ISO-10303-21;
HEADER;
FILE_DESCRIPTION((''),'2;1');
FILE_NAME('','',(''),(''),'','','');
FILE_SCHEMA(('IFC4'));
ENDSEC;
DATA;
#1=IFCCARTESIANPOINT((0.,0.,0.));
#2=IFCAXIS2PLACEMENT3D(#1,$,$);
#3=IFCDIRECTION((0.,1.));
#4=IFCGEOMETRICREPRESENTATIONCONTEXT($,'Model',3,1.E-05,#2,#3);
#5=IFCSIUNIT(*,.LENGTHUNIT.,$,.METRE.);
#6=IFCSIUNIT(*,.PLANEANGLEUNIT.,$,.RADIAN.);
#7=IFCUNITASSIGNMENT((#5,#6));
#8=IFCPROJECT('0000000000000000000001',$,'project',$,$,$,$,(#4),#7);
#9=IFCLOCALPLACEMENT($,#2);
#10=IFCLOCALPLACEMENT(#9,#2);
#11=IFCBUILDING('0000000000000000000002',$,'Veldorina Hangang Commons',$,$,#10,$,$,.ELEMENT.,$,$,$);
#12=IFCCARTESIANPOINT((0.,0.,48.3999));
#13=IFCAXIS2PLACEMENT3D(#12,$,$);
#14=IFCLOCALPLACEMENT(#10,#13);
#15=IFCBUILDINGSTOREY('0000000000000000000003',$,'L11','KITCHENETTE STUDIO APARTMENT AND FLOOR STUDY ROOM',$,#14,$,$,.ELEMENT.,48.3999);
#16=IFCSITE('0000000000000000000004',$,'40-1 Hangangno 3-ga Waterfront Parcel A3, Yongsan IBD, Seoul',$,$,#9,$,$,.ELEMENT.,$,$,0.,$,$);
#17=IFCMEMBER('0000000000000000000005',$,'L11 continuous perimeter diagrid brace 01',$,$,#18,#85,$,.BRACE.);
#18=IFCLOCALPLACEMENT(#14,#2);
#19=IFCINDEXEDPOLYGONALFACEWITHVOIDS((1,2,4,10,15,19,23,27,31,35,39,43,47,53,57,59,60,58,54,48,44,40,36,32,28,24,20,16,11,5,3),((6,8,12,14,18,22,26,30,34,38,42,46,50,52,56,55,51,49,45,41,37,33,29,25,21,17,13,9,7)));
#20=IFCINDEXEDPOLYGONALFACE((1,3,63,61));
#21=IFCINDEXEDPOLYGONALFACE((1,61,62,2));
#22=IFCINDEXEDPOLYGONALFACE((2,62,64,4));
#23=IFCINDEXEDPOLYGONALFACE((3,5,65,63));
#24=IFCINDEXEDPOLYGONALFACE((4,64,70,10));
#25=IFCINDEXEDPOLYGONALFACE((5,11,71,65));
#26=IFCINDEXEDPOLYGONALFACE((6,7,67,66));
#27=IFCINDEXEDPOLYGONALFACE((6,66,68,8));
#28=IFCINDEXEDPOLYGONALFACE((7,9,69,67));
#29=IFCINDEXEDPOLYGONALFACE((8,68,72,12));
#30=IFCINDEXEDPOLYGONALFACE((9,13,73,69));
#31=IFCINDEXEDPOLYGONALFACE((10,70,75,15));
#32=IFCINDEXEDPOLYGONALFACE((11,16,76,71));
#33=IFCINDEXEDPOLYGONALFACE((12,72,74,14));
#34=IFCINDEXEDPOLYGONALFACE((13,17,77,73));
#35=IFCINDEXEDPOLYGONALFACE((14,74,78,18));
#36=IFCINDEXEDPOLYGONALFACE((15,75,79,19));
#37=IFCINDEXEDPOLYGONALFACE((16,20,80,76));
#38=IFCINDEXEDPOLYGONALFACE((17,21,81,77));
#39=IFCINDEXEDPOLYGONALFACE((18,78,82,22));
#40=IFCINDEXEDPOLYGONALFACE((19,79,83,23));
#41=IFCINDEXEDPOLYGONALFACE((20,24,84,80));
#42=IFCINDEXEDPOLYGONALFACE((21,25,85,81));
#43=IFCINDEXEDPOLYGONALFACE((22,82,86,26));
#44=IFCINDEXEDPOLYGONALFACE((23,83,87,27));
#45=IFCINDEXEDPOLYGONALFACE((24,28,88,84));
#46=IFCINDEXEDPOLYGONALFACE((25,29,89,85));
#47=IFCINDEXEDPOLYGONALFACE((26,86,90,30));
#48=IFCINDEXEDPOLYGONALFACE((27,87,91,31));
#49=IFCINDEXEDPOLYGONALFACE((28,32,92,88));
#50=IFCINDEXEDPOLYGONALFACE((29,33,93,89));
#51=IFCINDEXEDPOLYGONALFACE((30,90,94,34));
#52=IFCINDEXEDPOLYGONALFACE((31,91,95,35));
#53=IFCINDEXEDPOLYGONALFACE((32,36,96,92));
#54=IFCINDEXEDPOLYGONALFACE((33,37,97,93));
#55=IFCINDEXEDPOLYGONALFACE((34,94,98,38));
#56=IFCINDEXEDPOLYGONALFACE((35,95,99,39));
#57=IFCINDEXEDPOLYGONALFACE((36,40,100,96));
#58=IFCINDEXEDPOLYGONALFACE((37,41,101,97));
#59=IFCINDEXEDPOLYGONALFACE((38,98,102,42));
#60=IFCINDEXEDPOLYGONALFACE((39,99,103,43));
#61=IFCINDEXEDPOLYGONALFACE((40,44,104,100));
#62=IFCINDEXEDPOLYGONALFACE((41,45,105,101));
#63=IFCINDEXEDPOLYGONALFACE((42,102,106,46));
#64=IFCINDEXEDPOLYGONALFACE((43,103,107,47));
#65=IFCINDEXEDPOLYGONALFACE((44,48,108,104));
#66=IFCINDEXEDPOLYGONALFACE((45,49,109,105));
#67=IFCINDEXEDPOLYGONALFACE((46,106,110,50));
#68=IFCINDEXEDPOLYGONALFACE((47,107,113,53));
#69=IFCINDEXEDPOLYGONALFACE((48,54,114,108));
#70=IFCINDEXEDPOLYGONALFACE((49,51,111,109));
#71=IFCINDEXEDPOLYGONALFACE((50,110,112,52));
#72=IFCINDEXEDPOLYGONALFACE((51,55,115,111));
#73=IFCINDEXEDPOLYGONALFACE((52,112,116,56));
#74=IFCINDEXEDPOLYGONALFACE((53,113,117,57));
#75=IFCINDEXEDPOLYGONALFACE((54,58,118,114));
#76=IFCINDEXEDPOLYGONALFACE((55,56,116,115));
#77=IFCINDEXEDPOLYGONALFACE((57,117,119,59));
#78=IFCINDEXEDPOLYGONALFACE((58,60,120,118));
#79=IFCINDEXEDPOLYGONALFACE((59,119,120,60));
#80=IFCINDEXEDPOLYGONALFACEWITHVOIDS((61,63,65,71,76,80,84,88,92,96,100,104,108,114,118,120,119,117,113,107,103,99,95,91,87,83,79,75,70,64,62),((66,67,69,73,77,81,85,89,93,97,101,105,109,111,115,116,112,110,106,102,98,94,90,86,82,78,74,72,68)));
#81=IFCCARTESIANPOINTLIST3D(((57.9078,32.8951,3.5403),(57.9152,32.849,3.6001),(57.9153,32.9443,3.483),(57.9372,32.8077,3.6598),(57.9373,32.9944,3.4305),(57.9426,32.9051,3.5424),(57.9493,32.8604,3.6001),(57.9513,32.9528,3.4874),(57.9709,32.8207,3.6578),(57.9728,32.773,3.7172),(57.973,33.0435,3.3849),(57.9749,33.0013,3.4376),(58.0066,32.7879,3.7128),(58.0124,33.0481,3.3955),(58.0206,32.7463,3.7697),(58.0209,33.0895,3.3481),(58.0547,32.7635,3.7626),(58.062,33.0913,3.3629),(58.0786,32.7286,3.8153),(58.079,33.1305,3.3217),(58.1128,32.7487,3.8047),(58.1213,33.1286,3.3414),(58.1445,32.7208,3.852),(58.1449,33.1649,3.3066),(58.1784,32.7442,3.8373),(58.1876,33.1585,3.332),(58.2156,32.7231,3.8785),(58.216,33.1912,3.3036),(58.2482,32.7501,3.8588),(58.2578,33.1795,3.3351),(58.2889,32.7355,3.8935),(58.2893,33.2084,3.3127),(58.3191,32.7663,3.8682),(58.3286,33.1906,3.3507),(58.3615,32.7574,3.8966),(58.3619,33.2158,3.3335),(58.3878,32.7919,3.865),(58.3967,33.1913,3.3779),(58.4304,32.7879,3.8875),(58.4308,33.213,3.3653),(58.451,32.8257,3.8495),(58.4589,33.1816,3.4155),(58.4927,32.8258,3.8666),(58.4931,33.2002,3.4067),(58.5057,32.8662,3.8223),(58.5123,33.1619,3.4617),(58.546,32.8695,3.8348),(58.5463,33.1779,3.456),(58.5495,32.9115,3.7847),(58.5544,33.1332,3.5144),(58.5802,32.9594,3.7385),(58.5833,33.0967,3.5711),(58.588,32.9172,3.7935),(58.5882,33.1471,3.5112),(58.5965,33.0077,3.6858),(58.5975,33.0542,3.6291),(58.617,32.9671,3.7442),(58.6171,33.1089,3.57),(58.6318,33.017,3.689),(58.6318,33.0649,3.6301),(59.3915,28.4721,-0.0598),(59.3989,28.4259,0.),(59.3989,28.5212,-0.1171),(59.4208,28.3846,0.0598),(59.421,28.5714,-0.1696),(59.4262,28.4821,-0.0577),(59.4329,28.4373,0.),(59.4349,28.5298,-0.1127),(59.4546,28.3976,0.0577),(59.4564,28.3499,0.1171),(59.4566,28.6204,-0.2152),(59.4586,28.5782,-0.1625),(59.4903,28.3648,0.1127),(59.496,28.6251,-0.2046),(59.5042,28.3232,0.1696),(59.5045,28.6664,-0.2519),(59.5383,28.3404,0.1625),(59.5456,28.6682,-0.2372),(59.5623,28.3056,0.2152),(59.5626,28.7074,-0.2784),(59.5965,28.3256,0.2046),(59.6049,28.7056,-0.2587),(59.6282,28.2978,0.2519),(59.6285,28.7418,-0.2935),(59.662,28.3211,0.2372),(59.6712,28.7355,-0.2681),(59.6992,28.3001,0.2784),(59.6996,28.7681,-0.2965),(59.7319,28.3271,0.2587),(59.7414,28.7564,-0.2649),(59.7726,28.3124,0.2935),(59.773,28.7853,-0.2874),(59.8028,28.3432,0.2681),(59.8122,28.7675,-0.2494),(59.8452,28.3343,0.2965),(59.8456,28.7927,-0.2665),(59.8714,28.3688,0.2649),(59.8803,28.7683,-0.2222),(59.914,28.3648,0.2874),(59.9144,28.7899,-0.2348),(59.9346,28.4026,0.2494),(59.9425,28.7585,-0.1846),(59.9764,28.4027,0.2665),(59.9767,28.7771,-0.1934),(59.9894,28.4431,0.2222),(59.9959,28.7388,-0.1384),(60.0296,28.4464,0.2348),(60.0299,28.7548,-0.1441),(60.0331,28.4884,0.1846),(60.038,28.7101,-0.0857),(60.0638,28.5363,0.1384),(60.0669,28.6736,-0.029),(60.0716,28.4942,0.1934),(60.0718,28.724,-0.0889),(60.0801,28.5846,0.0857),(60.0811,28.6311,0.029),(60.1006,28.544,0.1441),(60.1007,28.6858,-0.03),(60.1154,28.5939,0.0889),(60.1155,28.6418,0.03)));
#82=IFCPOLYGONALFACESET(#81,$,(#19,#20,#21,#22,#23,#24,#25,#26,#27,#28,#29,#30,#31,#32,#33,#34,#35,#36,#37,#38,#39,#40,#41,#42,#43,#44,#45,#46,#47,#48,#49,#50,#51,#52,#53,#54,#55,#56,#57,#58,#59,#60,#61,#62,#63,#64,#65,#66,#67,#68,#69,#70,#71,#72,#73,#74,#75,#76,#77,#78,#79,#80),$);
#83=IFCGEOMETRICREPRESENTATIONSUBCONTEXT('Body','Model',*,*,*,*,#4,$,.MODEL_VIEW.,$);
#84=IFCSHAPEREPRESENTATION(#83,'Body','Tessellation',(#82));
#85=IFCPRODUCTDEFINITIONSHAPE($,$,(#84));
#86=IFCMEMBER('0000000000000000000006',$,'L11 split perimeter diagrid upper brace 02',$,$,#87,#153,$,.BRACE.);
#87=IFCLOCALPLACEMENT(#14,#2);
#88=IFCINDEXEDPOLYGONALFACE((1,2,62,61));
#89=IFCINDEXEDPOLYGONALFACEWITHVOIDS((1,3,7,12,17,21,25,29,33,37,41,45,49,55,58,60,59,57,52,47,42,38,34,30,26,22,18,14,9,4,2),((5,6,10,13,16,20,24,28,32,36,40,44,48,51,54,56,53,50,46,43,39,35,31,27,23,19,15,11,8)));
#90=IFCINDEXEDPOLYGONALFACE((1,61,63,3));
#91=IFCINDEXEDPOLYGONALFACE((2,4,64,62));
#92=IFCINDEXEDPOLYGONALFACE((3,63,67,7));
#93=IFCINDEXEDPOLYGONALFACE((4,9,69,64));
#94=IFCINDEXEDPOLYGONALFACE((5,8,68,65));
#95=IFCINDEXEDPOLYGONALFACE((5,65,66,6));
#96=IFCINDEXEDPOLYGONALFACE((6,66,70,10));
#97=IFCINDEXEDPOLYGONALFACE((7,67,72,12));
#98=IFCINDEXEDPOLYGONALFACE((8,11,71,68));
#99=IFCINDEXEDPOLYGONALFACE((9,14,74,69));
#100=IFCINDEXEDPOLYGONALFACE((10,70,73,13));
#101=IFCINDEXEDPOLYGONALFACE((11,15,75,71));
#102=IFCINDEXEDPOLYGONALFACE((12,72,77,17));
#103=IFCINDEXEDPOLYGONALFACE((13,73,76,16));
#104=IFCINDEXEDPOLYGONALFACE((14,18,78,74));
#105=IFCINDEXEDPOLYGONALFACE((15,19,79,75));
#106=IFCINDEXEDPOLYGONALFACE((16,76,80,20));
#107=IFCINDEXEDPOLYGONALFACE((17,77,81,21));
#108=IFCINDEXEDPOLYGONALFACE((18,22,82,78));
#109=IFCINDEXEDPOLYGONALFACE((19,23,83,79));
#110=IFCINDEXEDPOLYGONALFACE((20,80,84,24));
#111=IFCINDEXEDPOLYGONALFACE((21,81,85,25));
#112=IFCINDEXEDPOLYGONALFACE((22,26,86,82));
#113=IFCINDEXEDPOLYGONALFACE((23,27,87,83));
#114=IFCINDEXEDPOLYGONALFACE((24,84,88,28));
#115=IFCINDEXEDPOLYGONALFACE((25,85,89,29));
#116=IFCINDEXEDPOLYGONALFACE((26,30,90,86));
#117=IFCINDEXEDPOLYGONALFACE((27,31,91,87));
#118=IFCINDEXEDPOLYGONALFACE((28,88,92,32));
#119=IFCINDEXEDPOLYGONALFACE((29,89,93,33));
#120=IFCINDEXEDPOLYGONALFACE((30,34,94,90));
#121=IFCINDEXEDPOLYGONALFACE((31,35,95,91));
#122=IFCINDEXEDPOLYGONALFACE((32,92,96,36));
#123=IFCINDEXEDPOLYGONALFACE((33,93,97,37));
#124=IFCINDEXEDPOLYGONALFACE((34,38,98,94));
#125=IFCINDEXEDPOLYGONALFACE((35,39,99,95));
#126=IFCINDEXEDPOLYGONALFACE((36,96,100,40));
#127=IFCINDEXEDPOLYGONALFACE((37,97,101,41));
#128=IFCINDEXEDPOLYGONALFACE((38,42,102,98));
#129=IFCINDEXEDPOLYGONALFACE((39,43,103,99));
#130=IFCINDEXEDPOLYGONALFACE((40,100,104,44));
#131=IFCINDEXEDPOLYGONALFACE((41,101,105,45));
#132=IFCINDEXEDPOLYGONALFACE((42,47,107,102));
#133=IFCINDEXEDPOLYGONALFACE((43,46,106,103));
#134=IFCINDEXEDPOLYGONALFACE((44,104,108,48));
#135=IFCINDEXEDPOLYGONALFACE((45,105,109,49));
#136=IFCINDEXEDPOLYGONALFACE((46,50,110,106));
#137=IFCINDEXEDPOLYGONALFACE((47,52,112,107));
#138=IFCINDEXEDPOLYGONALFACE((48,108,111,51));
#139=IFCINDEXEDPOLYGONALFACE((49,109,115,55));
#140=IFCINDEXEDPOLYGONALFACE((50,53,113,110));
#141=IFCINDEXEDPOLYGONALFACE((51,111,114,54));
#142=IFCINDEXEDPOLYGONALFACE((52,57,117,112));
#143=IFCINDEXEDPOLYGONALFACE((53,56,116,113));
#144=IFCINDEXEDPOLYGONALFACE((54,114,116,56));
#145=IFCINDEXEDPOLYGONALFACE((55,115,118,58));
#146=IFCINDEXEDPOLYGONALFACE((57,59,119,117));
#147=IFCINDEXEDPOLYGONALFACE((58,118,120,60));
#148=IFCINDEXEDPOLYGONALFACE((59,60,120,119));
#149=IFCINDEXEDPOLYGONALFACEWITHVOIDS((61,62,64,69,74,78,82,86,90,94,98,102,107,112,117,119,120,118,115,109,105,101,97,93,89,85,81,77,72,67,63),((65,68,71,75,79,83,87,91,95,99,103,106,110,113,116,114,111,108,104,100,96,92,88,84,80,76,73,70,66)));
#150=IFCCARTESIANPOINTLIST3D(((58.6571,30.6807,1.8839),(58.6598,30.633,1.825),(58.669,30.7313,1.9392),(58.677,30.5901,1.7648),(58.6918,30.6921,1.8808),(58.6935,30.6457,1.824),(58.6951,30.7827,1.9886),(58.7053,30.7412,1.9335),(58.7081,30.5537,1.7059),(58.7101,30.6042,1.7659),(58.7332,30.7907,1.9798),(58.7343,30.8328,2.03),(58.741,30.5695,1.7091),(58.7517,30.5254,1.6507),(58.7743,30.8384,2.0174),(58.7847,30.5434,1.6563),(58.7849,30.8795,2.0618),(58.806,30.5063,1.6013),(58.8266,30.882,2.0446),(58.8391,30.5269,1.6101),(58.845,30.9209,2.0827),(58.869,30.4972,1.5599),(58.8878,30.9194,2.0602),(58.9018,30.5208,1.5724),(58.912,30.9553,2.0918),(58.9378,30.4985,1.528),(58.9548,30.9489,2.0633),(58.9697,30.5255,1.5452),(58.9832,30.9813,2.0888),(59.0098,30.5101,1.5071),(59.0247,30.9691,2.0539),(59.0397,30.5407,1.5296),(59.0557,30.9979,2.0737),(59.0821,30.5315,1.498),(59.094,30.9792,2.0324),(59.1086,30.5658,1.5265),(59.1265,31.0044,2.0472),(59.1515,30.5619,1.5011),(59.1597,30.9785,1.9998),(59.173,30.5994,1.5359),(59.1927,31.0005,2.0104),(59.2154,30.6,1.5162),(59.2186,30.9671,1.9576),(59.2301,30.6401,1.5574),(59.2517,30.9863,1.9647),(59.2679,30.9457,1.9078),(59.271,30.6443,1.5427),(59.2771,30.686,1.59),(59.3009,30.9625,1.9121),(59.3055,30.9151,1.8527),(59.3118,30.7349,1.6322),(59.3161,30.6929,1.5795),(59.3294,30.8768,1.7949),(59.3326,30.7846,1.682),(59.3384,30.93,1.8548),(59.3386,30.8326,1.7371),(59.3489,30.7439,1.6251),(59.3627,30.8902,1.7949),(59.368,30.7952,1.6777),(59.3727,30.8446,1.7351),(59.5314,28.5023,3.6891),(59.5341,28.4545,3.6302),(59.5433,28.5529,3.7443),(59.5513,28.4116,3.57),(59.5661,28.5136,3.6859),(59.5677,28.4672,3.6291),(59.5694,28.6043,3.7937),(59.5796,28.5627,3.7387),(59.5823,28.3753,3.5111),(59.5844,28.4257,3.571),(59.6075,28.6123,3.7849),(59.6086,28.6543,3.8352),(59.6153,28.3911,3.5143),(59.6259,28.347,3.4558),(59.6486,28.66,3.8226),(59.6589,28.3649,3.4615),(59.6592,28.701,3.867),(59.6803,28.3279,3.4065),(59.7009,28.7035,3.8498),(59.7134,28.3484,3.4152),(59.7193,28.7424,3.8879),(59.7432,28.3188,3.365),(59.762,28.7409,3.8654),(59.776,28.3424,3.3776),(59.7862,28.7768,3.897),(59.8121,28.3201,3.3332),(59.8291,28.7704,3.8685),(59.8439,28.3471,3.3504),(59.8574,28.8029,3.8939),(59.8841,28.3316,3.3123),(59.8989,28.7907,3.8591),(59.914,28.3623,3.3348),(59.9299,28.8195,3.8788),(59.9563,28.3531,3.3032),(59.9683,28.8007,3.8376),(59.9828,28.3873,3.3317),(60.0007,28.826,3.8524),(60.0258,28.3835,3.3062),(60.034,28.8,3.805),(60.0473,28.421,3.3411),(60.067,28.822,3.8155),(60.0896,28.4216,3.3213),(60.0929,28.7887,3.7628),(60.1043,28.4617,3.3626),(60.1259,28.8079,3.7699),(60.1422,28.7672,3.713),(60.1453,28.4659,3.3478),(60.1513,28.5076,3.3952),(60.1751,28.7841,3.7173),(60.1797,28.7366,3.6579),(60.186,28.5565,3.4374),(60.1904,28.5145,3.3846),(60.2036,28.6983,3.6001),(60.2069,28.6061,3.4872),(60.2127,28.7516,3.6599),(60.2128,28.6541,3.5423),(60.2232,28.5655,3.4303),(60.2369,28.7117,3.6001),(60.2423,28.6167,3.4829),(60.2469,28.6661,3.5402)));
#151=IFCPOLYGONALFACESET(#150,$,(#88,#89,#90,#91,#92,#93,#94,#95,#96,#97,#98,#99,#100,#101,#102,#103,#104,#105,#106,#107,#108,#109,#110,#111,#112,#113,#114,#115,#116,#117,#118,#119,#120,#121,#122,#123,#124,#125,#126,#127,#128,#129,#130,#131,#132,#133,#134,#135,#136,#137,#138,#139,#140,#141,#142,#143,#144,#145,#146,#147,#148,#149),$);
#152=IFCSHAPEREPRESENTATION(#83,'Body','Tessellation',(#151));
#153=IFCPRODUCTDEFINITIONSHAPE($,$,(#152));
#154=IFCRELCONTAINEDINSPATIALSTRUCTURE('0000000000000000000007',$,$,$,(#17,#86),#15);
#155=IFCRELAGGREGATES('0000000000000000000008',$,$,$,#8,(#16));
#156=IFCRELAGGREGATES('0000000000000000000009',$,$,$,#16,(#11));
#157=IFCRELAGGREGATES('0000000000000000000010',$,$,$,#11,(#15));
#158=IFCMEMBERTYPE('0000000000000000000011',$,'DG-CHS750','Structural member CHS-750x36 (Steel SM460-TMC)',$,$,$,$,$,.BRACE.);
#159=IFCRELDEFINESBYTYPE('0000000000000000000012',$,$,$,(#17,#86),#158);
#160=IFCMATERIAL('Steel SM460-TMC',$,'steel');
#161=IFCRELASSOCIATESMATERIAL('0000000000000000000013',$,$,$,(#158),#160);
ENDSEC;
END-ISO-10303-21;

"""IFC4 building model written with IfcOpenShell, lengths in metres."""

from ifc_helpers import new_model, si_unit, direction, frame, origin, origin_2d, place, context, subcontext, project, spatial, hollow_circle, extrude, material, material_profile, profile_set, type_object, element, save


model = new_model("IFC4")

# Units and contexts
model_context = context("Model", 3, precision=1e-05, world=origin(), true_north=direction((0.0, 1.0)))
body_context = subcontext(model_context, "Body", "Model", "MODEL_VIEW")
ifc_project = project(units=[si_unit("LENGTHUNIT", "METRE"), si_unit("PLANEANGLEUNIT", "RADIAN")], contexts=[model_context])

# Site, building, storey
site_placement = place(None, origin())
site = spatial("IfcSite", under=ifc_project, at=site_placement, Name="40-1 Hangangno 3-ga Waterfront Parcel A3, Yongsan IBD, Seoul", CompositionType="ELEMENT", RefElevation=0.0)
building_placement = place(site_placement, origin())
building = spatial("IfcBuilding", under=site, at=building_placement, Name="Veldorina Hangang Commons", CompositionType="ELEMENT")
storey_placement = place(building_placement, frame((0.0, 0.0, 48.3999)))
storey = spatial("IfcBuildingStorey", under=building, at=storey_placement, Name="L11", Description="KITCHENETTE STUDIO APARTMENT AND FLOOR STUDY ROOM", CompositionType="ELEMENT", Elevation=48.3999)

# Shared definitions
ifc_material_1 = material(Name="Steel SM460-TMC", Category="steel")

# Members
ifc_material_profile_1 = material_profile(ifc_material_1, hollow_circle(Radius=0.375, WallThickness=0.0359, at=origin_2d()), Name="CHS-750x36")
ifc_profile_set_1 = profile_set([ifc_material_profile_1], Name="Steel SM460-TMC")
member_type = type_object("IfcMemberType", Name="DG-CHS750", Description="Structural member CHS-750x36 (Steel SM460-TMC)", PredefinedType="BRACE", material=ifc_profile_set_1)
member_1_placement = place(storey_placement, frame((59.7544, 28.5452, 0.0), z_axis=(-0.25177, 0.750587, 0.610926), x_axis=(-0.948085, -0.318017, 0.0)))
element("IfcMember", 1, at=member_1_placement, inside=storey, type_object=member_type, Name="L11 continuous perimeter diagrid brace 01", PredefinedType="BRACE", context=body_context, shape_type="SweptSolid", body=[
    extrude(hollow_circle(Radius=0.375, WallThickness=0.0359, at=origin_2d()), origin(), (0.0, 0.0, 1.0), 5.8928),
])
member_2_placement = place(storey_placement, frame((59.0146, 30.7505, 1.7949), z_axis=(0.295241, -0.73567, 0.609609), x_axis=(0.928053, 0.372448, 0.0)))
element("IfcMember", 2, at=member_2_placement, inside=storey, type_object=member_type, Name="L11 split perimeter diagrid upper brace 02", PredefinedType="BRACE", context=body_context, shape_type="SweptSolid", body=[
    extrude(hollow_circle(Radius=0.375, WallThickness=0.0359, at=origin_2d()), origin(), (0.0, 0.0, 1.0), 2.9612),
])

save(model, "model.ifc")
